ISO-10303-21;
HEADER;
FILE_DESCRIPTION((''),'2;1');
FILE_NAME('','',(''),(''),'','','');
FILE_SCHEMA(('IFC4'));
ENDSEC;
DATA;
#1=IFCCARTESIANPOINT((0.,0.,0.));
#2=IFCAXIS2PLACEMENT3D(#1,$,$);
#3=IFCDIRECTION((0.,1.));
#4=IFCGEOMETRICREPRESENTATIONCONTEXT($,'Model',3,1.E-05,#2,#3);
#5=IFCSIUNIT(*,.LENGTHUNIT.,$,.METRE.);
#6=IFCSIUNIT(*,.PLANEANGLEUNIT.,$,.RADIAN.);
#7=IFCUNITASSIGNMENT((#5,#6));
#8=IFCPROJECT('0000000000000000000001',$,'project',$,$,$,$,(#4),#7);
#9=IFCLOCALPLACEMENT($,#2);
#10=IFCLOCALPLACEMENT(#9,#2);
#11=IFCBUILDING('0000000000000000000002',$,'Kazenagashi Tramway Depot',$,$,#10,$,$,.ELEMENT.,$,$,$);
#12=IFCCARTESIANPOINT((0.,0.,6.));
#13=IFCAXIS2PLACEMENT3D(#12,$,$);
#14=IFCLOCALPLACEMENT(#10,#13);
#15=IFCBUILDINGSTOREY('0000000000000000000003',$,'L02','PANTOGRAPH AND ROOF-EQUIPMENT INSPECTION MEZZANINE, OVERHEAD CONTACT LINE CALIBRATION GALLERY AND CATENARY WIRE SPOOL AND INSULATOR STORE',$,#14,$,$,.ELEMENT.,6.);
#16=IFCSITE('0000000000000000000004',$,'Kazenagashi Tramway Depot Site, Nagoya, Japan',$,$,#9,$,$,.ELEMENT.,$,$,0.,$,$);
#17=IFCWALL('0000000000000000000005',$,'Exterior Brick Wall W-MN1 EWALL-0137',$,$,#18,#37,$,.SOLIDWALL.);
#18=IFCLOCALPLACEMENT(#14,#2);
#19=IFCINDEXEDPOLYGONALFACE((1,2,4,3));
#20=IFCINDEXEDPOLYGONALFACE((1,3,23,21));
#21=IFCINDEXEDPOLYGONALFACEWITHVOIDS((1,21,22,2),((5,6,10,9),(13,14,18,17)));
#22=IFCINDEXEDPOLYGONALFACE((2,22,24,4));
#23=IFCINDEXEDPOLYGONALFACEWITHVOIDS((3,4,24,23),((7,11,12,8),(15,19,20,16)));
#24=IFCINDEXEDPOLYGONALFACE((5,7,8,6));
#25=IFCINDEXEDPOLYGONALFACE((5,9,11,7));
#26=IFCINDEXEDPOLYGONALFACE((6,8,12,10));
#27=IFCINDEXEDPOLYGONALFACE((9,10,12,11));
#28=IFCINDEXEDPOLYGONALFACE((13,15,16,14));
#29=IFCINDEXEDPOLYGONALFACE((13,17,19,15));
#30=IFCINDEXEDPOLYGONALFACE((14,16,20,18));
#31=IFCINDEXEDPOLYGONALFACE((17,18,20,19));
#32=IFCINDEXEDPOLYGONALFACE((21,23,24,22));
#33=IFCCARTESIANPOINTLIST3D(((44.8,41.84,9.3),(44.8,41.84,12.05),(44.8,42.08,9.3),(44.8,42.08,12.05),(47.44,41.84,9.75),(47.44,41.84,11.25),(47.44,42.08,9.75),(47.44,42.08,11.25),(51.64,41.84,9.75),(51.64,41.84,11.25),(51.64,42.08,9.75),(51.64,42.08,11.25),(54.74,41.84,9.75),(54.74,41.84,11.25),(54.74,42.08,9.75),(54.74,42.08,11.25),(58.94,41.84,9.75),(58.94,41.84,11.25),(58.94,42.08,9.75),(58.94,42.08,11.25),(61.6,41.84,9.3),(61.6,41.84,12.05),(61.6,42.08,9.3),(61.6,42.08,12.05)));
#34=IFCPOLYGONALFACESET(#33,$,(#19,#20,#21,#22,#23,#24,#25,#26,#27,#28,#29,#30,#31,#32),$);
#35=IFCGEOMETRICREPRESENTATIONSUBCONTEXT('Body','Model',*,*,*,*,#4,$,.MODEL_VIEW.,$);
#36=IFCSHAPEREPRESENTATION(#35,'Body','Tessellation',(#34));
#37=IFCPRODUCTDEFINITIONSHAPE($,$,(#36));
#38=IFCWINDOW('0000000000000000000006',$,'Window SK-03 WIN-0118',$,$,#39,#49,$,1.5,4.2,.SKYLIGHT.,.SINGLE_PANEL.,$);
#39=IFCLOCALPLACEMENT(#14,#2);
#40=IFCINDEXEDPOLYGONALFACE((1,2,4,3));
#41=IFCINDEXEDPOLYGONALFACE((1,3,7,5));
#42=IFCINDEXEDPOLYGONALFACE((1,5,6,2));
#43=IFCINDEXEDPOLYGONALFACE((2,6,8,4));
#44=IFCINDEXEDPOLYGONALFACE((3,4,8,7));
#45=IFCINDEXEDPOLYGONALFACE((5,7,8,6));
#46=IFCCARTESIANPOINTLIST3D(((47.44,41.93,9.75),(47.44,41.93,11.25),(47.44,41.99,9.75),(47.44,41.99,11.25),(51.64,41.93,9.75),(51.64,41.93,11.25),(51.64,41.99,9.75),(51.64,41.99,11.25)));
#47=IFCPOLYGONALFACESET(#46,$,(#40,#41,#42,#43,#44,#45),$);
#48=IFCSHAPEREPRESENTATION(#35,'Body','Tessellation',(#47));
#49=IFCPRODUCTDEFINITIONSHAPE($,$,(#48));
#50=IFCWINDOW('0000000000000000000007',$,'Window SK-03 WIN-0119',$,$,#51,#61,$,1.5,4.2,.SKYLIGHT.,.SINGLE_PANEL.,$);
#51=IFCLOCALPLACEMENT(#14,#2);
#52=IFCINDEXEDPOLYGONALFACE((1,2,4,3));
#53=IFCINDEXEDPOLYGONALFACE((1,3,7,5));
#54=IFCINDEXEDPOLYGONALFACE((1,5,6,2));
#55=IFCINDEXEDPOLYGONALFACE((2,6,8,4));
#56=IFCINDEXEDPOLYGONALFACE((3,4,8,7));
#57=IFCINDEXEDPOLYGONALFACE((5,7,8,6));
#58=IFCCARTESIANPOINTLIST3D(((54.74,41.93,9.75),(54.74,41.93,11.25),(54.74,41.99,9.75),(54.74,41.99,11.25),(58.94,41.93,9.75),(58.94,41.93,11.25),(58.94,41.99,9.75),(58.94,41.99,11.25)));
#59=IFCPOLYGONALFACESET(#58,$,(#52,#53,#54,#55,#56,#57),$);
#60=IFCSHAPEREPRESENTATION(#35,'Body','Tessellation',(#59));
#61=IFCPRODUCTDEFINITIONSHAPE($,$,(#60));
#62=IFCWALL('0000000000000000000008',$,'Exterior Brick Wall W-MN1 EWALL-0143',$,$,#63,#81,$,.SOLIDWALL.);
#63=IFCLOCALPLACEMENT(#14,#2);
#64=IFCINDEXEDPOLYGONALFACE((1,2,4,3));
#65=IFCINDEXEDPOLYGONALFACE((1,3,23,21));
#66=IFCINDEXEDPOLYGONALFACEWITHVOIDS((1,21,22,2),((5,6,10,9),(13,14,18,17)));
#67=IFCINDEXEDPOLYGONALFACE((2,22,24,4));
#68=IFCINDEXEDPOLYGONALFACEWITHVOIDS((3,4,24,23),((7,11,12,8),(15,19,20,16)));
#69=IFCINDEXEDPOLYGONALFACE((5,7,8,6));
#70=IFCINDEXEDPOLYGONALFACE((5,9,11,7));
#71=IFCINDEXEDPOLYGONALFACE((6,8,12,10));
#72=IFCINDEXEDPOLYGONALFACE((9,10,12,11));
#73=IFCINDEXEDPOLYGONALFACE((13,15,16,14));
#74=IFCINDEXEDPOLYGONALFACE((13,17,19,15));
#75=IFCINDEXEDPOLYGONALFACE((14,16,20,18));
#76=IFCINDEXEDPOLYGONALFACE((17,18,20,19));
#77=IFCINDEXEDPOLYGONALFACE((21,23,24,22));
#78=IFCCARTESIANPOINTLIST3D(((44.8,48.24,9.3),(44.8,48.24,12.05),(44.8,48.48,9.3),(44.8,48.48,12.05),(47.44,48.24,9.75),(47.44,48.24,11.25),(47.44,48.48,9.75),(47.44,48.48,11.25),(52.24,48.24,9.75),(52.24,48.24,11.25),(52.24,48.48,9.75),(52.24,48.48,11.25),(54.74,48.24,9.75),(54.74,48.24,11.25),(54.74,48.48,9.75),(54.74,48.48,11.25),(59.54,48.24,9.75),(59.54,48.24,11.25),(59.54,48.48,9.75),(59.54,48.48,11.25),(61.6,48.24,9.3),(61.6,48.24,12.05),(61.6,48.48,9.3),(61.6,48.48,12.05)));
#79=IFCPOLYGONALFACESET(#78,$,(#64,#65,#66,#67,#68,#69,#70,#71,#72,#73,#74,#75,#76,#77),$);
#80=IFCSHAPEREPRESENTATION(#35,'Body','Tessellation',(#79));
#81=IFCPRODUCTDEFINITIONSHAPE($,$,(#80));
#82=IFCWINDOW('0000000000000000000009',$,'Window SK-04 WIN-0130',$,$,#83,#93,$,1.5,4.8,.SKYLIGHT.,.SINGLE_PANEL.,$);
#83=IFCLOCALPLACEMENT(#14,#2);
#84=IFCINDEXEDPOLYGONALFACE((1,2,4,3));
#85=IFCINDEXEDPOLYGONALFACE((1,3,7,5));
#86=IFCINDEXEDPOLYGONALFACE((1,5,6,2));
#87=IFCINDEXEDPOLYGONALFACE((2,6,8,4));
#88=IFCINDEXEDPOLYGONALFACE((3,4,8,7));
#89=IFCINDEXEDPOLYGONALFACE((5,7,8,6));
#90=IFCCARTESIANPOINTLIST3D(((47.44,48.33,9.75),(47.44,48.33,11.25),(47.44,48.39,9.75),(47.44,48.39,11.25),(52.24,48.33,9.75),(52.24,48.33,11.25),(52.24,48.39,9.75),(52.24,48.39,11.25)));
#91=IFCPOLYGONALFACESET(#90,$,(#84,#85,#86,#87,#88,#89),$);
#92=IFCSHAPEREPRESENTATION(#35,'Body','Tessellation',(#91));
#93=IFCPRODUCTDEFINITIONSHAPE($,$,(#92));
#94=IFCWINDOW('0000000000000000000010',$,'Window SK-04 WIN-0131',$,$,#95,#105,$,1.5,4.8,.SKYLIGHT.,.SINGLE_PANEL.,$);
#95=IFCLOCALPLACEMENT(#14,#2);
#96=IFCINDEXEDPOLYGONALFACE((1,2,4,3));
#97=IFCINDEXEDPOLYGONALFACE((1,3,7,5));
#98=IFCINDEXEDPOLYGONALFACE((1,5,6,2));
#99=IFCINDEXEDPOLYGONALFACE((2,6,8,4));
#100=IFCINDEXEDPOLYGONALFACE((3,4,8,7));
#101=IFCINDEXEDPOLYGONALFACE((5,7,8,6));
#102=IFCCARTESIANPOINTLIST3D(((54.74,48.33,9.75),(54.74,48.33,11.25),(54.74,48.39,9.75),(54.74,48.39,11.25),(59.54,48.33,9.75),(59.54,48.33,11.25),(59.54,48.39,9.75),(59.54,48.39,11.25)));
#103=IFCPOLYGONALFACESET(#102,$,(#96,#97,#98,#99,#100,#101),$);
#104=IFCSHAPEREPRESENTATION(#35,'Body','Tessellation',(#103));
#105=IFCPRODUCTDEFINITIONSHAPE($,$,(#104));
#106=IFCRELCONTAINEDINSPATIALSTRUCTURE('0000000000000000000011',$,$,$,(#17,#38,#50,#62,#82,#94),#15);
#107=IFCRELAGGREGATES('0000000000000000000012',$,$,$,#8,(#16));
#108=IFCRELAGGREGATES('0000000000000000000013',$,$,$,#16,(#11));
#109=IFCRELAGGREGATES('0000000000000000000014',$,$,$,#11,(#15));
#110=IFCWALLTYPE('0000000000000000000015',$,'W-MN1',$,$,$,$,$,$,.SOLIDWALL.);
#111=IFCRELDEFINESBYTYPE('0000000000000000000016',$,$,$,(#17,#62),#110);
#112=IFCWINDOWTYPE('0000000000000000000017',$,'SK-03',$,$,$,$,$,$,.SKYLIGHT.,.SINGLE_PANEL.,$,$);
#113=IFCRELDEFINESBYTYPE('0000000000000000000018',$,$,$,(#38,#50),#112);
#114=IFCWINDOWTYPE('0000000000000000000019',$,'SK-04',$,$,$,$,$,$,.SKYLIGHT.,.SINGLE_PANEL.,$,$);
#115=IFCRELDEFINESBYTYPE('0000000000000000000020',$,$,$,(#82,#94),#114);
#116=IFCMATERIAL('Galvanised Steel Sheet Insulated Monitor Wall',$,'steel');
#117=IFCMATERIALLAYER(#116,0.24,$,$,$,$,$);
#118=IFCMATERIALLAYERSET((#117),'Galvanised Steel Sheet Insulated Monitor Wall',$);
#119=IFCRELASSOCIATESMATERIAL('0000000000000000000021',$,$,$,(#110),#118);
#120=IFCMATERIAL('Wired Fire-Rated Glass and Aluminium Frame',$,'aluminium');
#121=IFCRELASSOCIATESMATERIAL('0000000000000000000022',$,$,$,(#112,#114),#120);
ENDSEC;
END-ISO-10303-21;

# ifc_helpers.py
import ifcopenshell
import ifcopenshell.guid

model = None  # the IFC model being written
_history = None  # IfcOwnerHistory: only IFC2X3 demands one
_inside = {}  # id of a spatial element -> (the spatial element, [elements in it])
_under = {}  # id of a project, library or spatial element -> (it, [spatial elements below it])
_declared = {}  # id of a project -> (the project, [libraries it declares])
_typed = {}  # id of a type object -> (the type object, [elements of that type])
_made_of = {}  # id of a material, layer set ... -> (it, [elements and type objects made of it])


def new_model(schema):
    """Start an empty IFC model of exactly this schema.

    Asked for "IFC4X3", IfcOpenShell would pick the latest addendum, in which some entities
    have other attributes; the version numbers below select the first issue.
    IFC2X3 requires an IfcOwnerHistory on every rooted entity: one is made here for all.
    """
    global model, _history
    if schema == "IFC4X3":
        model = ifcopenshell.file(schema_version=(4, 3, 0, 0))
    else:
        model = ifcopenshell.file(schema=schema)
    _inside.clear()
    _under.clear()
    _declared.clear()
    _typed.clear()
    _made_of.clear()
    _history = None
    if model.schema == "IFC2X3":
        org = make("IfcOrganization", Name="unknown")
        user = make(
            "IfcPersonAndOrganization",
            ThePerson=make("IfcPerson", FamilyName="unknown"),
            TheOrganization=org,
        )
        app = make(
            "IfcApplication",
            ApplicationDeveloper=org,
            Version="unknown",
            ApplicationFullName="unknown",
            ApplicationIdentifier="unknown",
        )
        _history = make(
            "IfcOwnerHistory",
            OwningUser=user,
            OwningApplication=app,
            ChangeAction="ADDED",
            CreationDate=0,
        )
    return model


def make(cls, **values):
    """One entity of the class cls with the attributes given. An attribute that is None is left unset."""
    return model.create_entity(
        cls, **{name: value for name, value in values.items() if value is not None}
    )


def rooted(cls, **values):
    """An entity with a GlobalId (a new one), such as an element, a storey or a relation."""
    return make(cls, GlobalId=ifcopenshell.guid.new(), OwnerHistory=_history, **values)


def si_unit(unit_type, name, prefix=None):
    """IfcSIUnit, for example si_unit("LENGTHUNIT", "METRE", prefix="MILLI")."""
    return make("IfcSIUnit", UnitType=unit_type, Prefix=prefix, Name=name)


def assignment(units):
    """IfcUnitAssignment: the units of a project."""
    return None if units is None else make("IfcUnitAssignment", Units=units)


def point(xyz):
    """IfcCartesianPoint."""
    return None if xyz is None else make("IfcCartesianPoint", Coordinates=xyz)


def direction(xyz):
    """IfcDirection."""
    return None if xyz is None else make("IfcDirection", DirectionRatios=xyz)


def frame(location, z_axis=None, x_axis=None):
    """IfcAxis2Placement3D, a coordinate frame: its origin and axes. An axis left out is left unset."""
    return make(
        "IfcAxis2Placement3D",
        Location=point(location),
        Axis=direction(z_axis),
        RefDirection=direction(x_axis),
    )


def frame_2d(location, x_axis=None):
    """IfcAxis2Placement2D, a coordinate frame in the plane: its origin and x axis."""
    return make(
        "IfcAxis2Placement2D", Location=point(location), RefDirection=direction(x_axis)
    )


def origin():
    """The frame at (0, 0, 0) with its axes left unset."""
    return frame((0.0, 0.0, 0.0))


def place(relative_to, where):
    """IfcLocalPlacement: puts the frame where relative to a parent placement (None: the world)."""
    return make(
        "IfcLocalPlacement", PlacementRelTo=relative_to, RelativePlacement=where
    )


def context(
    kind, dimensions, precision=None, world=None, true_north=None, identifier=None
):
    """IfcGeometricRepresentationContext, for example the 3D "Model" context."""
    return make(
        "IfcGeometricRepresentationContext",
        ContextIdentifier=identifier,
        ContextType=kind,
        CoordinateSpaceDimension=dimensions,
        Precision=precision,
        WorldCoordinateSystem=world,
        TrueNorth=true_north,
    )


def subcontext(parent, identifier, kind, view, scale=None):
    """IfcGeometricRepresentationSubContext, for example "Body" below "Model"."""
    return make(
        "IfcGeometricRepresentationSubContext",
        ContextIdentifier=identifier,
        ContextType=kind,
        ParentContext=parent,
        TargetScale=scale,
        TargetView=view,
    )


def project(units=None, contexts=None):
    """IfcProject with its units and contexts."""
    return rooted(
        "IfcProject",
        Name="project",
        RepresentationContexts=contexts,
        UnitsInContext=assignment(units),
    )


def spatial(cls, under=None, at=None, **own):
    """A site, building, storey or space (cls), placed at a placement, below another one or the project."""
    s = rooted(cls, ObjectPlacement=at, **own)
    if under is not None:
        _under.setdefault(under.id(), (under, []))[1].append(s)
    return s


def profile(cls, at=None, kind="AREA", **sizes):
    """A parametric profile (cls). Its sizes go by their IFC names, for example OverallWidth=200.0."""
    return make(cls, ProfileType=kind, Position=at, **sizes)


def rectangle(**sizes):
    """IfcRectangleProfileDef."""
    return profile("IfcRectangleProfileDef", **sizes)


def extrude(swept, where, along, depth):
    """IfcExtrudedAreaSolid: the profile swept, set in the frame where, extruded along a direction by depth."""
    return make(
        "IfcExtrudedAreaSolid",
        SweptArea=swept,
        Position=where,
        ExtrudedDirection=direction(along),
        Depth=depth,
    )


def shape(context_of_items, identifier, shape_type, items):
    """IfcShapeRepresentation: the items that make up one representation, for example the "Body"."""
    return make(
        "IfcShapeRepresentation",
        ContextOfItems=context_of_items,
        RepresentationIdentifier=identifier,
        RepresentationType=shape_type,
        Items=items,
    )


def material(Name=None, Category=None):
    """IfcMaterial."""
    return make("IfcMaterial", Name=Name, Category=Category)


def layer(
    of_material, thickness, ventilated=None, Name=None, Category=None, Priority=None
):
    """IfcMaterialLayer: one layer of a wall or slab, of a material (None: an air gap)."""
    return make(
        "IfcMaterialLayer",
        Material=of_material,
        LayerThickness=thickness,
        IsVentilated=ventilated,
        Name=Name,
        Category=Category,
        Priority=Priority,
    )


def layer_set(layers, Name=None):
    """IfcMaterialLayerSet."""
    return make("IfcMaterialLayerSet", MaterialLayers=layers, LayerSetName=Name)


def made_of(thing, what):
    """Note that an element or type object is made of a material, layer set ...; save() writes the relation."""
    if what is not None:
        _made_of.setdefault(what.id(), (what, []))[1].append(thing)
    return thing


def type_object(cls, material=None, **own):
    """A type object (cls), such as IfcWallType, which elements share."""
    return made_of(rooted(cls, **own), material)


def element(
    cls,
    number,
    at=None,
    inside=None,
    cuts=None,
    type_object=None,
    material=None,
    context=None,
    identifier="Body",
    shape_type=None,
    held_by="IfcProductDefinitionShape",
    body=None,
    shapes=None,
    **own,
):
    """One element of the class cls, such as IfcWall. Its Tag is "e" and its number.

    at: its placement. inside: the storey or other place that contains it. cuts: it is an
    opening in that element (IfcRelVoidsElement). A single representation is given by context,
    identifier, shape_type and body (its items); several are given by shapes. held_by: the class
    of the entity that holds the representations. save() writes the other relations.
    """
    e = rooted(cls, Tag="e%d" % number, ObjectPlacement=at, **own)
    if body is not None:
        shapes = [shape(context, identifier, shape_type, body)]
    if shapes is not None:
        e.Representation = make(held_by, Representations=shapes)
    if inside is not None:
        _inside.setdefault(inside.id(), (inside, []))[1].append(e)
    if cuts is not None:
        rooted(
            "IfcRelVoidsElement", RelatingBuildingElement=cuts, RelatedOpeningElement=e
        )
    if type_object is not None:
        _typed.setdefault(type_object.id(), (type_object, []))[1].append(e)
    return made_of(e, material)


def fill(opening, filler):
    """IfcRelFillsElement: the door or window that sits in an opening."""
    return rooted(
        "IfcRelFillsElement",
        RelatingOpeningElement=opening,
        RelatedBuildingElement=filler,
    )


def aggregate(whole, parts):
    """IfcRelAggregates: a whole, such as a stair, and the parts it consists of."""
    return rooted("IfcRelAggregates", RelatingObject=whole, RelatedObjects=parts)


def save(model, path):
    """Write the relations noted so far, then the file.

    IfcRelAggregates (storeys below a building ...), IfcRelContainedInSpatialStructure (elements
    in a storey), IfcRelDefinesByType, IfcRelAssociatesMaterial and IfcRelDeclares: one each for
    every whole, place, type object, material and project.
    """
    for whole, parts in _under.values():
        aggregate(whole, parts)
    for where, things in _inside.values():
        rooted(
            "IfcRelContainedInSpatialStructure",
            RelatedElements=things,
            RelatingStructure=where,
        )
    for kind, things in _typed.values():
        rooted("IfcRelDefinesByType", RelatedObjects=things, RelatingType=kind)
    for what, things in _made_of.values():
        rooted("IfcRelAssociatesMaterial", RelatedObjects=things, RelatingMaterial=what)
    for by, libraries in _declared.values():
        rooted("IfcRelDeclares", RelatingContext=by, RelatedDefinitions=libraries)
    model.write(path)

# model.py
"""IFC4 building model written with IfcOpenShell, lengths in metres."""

from ifc_helpers import new_model, si_unit, direction, frame, frame_2d, origin, place, context, subcontext, project, spatial, rectangle, extrude, material, layer, layer_set, type_object, element, fill, save


model = new_model("IFC4")

# Units and contexts
model_context = context("Model", 3, precision=1e-05, world=origin(), true_north=direction((0.0, 1.0)))
body_context = subcontext(model_context, "Body", "Model", "MODEL_VIEW")
ifc_project = project(units=[si_unit("LENGTHUNIT", "METRE"), si_unit("PLANEANGLEUNIT", "RADIAN")], contexts=[model_context])

# Site, building, storey
site_placement = place(None, origin())
site = spatial("IfcSite", under=ifc_project, at=site_placement, Name="Kazenagashi Tramway Depot Site, Nagoya, Japan", CompositionType="ELEMENT", RefElevation=0.0)
building_placement = place(site_placement, origin())
building = spatial("IfcBuilding", under=site, at=building_placement, Name="Kazenagashi Tramway Depot", CompositionType="ELEMENT")
storey_placement = place(building_placement, frame((0.0, 0.0, 6.0)))
storey = spatial("IfcBuildingStorey", under=building, at=storey_placement, Name="L02", Description="PANTOGRAPH AND ROOF-EQUIPMENT INSPECTION MEZZANINE, OVERHEAD CONTACT LINE CALIBRATION GALLERY AND CATENARY WIRE SPOOL AND INSULATOR STORE", CompositionType="ELEMENT", Elevation=6.0)

# Walls, openings, windows
ifc_material_1 = material(Name="Galvanised Steel Sheet Insulated Monitor Wall", Category="steel")
ifc_layer_1 = layer(ifc_material_1, 0.24)
ifc_layer_set_1 = layer_set([ifc_layer_1], Name="Galvanised Steel Sheet Insulated Monitor Wall")
wall_type = type_object("IfcWallType", Name="W-MN1", PredefinedType="SOLIDWALL", material=ifc_layer_set_1)
ifc_material_2 = material(Name="Wired Fire-Rated Glass and Aluminium Frame", Category="aluminium")
wall_1_placement = place(storey_placement, frame((44.8, 41.96, 9.3), z_axis=(0.0, 0.0, 1.0), x_axis=(1.0, 0.0, 0.0)))
wall_1 = element("IfcWall", 1, at=wall_1_placement, inside=storey, type_object=wall_type, Name="Exterior Brick Wall W-MN1 EWALL-0137", PredefinedType="SOLIDWALL", context=body_context, shape_type="SweptSolid", body=[
    extrude(rectangle(XDim=16.8, YDim=0.24, at=frame_2d((8.4, 0.0))), origin(), (0.0, 0.0, 1.0), 2.75),
])
opening_1_placement = place(wall_1_placement, frame((2.64, 0.0, 0.45)))
opening_1 = element("IfcOpeningElement", 2, at=opening_1_placement, cuts=wall_1, PredefinedType="OPENING", context=body_context, shape_type="SweptSolid", body=[
    extrude(rectangle(XDim=4.2, YDim=1.5, at=frame_2d((2.1, 0.75))), frame((0.0, 0.13, 0.0), z_axis=(0.0, -1.0, 0.0), x_axis=(1.0, 0.0, 0.0)), (0.0, 0.0, 1.0), 0.26),
])
opening_2_placement = place(wall_1_placement, frame((9.94, 0.0, 0.45)))
opening_2 = element("IfcOpeningElement", 3, at=opening_2_placement, cuts=wall_1, PredefinedType="OPENING", context=body_context, shape_type="SweptSolid", body=[
    extrude(rectangle(XDim=4.2, YDim=1.5, at=frame_2d((2.1, 0.75))), frame((0.0, 0.13, 0.0), z_axis=(0.0, -1.0, 0.0), x_axis=(1.0, 0.0, 0.0)), (0.0, 0.0, 1.0), 0.26),
])
window_type_1 = type_object("IfcWindowType", Name="SK-03", PartitioningType="SINGLE_PANEL", PredefinedType="SKYLIGHT", material=ifc_material_2)
window_1_placement = place(opening_1_placement, origin())
window_1 = element("IfcWindow", 4, at=window_1_placement, inside=storey, type_object=window_type_1, Name="Window SK-03 WIN-0118", OverallHeight=1.5, OverallWidth=4.2, PartitioningType="SINGLE_PANEL", PredefinedType="SKYLIGHT", context=body_context, shape_type="SweptSolid", body=[
    extrude(rectangle(XDim=4.2, YDim=1.5, at=frame_2d((2.1, 0.75))), frame((0.0, 0.03, 0.0), z_axis=(0.0, -1.0, 0.0), x_axis=(1.0, 0.0, 0.0)), (0.0, 0.0, 1.0), 0.06),
])
fill(opening_1, window_1)
window_2_placement = place(opening_2_placement, origin())
window_2 = element("IfcWindow", 5, at=window_2_placement, inside=storey, type_object=window_type_1, Name="Window SK-03 WIN-0119", OverallHeight=1.5, OverallWidth=4.2, PartitioningType="SINGLE_PANEL", PredefinedType="SKYLIGHT", context=body_context, shape_type="SweptSolid", body=[
    extrude(rectangle(XDim=4.2, YDim=1.5, at=frame_2d((2.1, 0.75))), frame((0.0, 0.03, 0.0), z_axis=(0.0, -1.0, 0.0), x_axis=(1.0, 0.0, 0.0)), (0.0, 0.0, 1.0), 0.06),
])
fill(opening_2, window_2)
wall_2_placement = place(storey_placement, frame((44.8, 48.36, 9.3), z_axis=(0.0, 0.0, 1.0), x_axis=(1.0, 0.0, 0.0)))
wall_2 = element("IfcWall", 6, at=wall_2_placement, inside=storey, type_object=wall_type, Name="Exterior Brick Wall W-MN1 EWALL-0143", PredefinedType="SOLIDWALL", context=body_context, shape_type="SweptSolid", body=[
    extrude(rectangle(XDim=16.8, YDim=0.24, at=frame_2d((8.4, 0.0))), origin(), (0.0, 0.0, 1.0), 2.75),
])
opening_3_placement = place(wall_2_placement, frame((2.64, 0.0, 0.45)))
opening_3 = element("IfcOpeningElement", 7, at=opening_3_placement, cuts=wall_2, PredefinedType="OPENING", context=body_context, shape_type="SweptSolid", body=[
    extrude(rectangle(XDim=4.8, YDim=1.5, at=frame_2d((2.4, 0.75))), frame((0.0, 0.13, 0.0), z_axis=(0.0, -1.0, 0.0), x_axis=(1.0, 0.0, 0.0)), (0.0, 0.0, 1.0), 0.26),
])
opening_4_placement = place(wall_2_placement, frame((9.94, 0.0, 0.45)))
opening_4 = element("IfcOpeningElement", 8, at=opening_4_placement, cuts=wall_2, PredefinedType="OPENING", context=body_context, shape_type="SweptSolid", body=[
    extrude(rectangle(XDim=4.8, YDim=1.5, at=frame_2d((2.4, 0.75))), frame((0.0, 0.13, 0.0), z_axis=(0.0, -1.0, 0.0), x_axis=(1.0, 0.0, 0.0)), (0.0, 0.0, 1.0), 0.26),
])
window_type_2 = type_object("IfcWindowType", Name="SK-04", PartitioningType="SINGLE_PANEL", PredefinedType="SKYLIGHT", material=ifc_material_2)
window_3_placement = place(opening_3_placement, origin())
window_3 = element("IfcWindow", 9, at=window_3_placement, inside=storey, type_object=window_type_2, Name="Window SK-04 WIN-0130", OverallHeight=1.5, OverallWidth=4.8, PartitioningType="SINGLE_PANEL", PredefinedType="SKYLIGHT", context=body_context, shape_type="SweptSolid", body=[
    extrude(rectangle(XDim=4.8, YDim=1.5, at=frame_2d((2.4, 0.75))), frame((0.0, 0.03, 0.0), z_axis=(0.0, -1.0, 0.0), x_axis=(1.0, 0.0, 0.0)), (0.0, 0.0, 1.0), 0.06),
])
fill(opening_3, window_3)
window_4_placement = place(opening_4_placement, origin())
window_4 = element("IfcWindow", 10, at=window_4_placement, inside=storey, type_object=window_type_2, Name="Window SK-04 WIN-0131", OverallHeight=1.5, OverallWidth=4.8, PartitioningType="SINGLE_PANEL", PredefinedType="SKYLIGHT", context=body_context, shape_type="SweptSolid", body=[
    extrude(rectangle(XDim=4.8, YDim=1.5, at=frame_2d((2.4, 0.75))), frame((0.0, 0.03, 0.0), z_axis=(0.0, -1.0, 0.0), x_axis=(1.0, 0.0, 0.0)), (0.0, 0.0, 1.0), 0.06),
])
fill(opening_4, window_4)

save(model, "model.ifc")
